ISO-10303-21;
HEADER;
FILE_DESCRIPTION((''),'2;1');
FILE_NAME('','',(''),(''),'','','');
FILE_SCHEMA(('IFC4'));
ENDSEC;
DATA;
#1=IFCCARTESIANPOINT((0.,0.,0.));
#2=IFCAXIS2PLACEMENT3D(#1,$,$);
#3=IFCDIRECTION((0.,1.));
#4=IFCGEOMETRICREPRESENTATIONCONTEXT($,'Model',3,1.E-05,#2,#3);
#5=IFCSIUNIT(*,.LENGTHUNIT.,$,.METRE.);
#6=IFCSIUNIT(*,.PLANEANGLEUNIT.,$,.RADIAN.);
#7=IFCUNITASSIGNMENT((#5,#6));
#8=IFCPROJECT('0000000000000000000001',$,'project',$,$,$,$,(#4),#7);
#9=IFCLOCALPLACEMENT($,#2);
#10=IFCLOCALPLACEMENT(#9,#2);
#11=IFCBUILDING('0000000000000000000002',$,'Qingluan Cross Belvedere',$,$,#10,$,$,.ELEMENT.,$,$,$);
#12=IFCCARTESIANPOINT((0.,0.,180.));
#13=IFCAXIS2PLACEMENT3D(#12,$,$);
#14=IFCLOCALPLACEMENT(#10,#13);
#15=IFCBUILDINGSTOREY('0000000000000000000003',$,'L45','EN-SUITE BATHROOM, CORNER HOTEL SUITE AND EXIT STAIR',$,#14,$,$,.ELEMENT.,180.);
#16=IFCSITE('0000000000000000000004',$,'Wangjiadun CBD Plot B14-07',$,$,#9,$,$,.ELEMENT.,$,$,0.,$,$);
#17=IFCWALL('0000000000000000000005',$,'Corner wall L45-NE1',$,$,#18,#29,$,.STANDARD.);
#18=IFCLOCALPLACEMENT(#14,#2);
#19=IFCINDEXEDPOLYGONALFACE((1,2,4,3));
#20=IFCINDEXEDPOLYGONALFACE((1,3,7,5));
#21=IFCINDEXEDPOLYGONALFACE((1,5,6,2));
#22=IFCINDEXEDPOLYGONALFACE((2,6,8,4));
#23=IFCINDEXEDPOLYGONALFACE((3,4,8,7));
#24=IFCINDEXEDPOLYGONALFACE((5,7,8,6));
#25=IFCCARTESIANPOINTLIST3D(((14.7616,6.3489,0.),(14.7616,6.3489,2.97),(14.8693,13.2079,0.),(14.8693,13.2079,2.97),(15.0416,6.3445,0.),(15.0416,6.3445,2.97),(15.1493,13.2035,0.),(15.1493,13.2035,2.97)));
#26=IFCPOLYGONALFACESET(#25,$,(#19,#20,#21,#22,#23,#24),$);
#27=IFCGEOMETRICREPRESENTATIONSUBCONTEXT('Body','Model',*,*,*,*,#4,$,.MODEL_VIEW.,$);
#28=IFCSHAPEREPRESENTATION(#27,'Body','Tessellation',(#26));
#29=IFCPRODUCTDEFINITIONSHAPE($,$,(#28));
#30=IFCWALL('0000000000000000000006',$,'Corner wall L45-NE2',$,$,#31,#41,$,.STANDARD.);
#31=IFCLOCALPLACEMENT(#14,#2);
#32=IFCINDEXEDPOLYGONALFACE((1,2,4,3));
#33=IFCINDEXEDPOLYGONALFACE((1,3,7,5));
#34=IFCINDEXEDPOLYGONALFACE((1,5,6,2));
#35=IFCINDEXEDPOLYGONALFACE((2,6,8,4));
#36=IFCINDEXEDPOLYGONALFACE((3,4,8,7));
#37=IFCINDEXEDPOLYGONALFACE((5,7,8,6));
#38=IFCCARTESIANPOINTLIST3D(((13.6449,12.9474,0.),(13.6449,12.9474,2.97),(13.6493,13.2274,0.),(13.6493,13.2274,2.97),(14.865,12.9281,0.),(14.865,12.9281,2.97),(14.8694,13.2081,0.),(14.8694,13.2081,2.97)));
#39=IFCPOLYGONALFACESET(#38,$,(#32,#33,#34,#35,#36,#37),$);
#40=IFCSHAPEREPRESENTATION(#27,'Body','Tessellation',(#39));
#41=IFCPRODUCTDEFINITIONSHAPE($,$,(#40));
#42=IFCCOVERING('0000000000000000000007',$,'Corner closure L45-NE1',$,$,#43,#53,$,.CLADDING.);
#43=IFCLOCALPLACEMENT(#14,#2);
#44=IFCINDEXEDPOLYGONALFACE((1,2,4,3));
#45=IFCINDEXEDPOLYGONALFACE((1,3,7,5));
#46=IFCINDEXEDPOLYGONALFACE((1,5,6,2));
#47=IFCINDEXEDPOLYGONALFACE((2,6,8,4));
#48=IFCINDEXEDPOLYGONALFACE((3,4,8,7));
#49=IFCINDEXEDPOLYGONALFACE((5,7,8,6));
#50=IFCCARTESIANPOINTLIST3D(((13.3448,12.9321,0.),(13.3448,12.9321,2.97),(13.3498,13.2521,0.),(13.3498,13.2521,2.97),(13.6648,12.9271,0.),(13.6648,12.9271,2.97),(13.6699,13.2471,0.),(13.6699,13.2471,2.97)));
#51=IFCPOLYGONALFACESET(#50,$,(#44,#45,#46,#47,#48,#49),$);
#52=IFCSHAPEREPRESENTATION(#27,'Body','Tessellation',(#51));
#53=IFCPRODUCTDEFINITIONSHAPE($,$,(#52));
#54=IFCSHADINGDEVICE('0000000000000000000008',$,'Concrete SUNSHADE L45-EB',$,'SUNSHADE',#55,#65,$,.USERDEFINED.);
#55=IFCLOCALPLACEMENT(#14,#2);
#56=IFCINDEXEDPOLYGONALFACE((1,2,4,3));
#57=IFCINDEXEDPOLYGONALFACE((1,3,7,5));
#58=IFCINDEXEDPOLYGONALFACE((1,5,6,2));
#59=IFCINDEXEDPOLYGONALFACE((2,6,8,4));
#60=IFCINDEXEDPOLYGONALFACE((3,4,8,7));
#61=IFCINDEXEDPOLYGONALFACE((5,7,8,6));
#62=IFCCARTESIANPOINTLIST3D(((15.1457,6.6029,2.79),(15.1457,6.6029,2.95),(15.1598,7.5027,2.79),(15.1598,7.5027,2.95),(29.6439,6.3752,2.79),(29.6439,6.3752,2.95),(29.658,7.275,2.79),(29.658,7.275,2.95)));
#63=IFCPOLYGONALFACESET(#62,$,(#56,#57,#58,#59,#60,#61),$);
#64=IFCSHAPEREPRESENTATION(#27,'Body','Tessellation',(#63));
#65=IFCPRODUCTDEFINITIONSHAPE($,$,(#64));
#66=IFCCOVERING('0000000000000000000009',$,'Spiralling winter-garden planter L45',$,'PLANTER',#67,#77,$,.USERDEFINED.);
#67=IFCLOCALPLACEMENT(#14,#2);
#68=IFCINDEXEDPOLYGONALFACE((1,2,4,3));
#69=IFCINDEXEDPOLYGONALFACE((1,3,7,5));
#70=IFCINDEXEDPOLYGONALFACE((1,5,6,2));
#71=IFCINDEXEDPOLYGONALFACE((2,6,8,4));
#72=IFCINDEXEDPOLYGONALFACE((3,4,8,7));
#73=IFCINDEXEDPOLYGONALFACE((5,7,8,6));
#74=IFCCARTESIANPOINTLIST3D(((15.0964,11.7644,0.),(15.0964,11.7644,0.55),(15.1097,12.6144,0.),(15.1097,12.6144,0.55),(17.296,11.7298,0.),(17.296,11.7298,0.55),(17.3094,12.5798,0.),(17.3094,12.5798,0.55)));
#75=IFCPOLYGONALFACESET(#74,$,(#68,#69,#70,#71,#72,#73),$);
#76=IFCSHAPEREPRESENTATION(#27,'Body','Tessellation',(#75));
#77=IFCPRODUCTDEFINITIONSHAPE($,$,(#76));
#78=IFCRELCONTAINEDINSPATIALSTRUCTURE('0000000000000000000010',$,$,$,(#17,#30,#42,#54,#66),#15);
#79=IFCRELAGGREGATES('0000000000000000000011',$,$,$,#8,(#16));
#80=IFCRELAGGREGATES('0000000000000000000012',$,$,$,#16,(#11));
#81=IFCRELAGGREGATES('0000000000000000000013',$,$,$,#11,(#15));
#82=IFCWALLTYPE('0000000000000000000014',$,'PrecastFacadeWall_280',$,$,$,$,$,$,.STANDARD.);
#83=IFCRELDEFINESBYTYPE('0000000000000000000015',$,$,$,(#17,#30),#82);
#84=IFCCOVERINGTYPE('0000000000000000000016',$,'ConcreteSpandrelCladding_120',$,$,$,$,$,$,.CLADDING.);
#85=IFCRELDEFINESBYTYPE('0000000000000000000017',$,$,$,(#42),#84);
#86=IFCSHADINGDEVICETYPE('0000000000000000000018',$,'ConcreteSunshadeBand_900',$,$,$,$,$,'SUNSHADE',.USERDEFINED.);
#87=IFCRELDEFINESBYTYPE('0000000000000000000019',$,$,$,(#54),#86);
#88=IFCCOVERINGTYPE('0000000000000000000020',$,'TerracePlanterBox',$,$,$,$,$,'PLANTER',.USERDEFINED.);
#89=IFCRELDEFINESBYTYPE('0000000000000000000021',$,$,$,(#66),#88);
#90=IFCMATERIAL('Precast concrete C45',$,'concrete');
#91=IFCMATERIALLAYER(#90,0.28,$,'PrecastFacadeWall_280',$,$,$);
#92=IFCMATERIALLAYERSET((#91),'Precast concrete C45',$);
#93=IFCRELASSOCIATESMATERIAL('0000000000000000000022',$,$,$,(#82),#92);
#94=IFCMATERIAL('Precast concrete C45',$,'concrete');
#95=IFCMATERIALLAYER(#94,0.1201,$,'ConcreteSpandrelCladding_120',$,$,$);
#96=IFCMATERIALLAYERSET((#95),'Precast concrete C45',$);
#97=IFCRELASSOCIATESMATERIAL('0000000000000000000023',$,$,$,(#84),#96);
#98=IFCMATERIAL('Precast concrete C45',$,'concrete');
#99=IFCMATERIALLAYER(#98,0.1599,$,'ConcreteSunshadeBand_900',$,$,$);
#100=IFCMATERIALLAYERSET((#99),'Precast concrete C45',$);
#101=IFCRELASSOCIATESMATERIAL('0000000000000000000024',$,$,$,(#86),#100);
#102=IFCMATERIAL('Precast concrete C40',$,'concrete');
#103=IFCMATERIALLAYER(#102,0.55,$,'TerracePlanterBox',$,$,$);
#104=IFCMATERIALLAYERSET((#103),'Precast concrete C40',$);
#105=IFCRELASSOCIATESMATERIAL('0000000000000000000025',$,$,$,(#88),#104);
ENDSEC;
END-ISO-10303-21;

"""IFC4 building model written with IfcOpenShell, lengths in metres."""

from ifc_helpers import new_model, si_unit, direction, frame, frame_2d, origin, origin_2d, place, context, subcontext, project, spatial, rectangle, extrude, material, layer, layer_set, type_object, element, save


model = new_model("IFC4")

# Units and contexts
model_context = context("Model", 3, precision=1e-05, world=origin(), true_north=direction((0.0, 1.0)))
body_context = subcontext(model_context, "Body", "Model", "MODEL_VIEW")
ifc_project = project(units=[si_unit("LENGTHUNIT", "METRE"), si_unit("PLANEANGLEUNIT", "RADIAN")], contexts=[model_context])

# Site, building, storey
site_placement = place(None, origin())
site = spatial("IfcSite", under=ifc_project, at=site_placement, Name="Wangjiadun CBD Plot B14-07", CompositionType="ELEMENT", RefElevation=0.0)
building_placement = place(site_placement, origin())
building = spatial("IfcBuilding", under=site, at=building_placement, Name="Qingluan Cross Belvedere", CompositionType="ELEMENT")
storey_placement = place(building_placement, frame((0.0, 0.0, 180.0)))
storey = spatial("IfcBuildingStorey", under=building, at=storey_placement, Name="L45", Description="EN-SUITE BATHROOM, CORNER HOTEL SUITE AND EXIT STAIR", CompositionType="ELEMENT", Elevation=180.0)

# Shared definitions
ifc_material_1 = material(Name="Precast concrete C45", Category="concrete")
ifc_layer_1 = layer(ifc_material_1, 0.28, Name="PrecastFacadeWall_280")
ifc_layer_set_1 = layer_set([ifc_layer_1], Name="Precast concrete C45")
wall_type_1 = type_object("IfcWallType", Name="PrecastFacadeWall_280", PredefinedType="STANDARD", material=ifc_layer_set_1)

# Walls
wall_1_placement = place(storey_placement, frame((14.9016, 6.3467, 0.0), z_axis=(0.0, 0.0, 1.0), x_axis=(0.015695, 0.999877, 0.0)))
element("IfcWall", 1, at=wall_1_placement, inside=storey, type_object=wall_type_1, Name="Corner wall L45-NE1", PredefinedType="STANDARD", context=body_context, shape_type="SweptSolid", body=[
    extrude(rectangle(XDim=6.8599, YDim=0.28, at=frame_2d((3.4299, 0.0))), origin(), (0.0, 0.0, 1.0), 2.97),
])
wall_2_placement = place(storey_placement, frame((14.8672, 13.0681, 0.0), z_axis=(0.0, 0.0, 1.0), x_axis=(-0.999875, 0.015808, 0.0)))
element("IfcWall", 2, at=wall_2_placement, inside=storey, type_object=wall_type_1, Name="Corner wall L45-NE2", PredefinedType="STANDARD", context=body_context, shape_type="SweptSolid", body=[
    extrude(rectangle(XDim=1.2202, YDim=0.28, at=frame_2d((0.6101, 0.0))), origin(), (0.0, 0.0, 1.0), 2.97),
])

# Covering
ifc_material_2 = material(Name="Precast concrete C45", Category="concrete")
ifc_layer_2 = layer(ifc_material_2, 0.1201, Name="ConcreteSpandrelCladding_120")
ifc_layer_set_2 = layer_set([ifc_layer_2], Name="Precast concrete C45")
covering_type_1 = type_object("IfcCoveringType", Name="ConcreteSpandrelCladding_120", PredefinedType="CLADDING", material=ifc_layer_set_2)
covering_1_placement = place(storey_placement, frame((13.5073, 13.0896, 0.0), z_axis=(0.0, 0.0, 1.0), x_axis=(0.999877, -0.015707, 0.0)))
element("IfcCovering", 3, at=covering_1_placement, inside=storey, type_object=covering_type_1, Name="Corner closure L45-NE1", PredefinedType="CLADDING", context=body_context, shape_type="SweptSolid", body=[
    extrude(rectangle(XDim=0.3201, YDim=0.3201, at=origin_2d()), origin(), (0.0, 0.0, 1.0), 2.97),
])

# Shading device
ifc_material_3 = material(Name="Precast concrete C45", Category="concrete")
ifc_layer_3 = layer(ifc_material_3, 0.1599, Name="ConcreteSunshadeBand_900")
ifc_layer_set_3 = layer_set([ifc_layer_3], Name="Precast concrete C45")
shading_device_type = type_object("IfcShadingDeviceType", Name="ConcreteSunshadeBand_900", ElementType="SUNSHADE", PredefinedType="USERDEFINED", material=ifc_layer_set_3)
shading_device_placement = place(storey_placement, frame((22.4019, 6.939, 2.79), z_axis=(0.0, 0.0, 1.0), x_axis=(-0.999877, 0.015707, 0.0)))
element("IfcShadingDevice", 4, at=shading_device_placement, inside=storey, type_object=shading_device_type, Name="Concrete SUNSHADE L45-EB", ObjectType="SUNSHADE", PredefinedType="USERDEFINED", context=body_context, shape_type="SweptSolid", body=[
    extrude(rectangle(XDim=14.5, YDim=0.8999, at=origin_2d()), origin(), (0.0, 0.0, 1.0), 0.1599),
])

# Covering
ifc_material_4 = material(Name="Precast concrete C40", Category="concrete")
ifc_layer_4 = layer(ifc_material_4, 0.55, Name="TerracePlanterBox")
ifc_layer_set_4 = layer_set([ifc_layer_4], Name="Precast concrete C40")
covering_type_2 = type_object("IfcCoveringType", Name="TerracePlanterBox", ElementType="PLANTER", PredefinedType="USERDEFINED", material=ifc_layer_set_4)
covering_2_placement = place(storey_placement, frame((16.2029, 12.1721, 0.0), z_axis=(0.0, 0.0, 1.0), x_axis=(0.999877, -0.015707, 0.0)))
element("IfcCovering", 5, at=covering_2_placement, inside=storey, type_object=covering_type_2, Name="Spiralling winter-garden planter L45", ObjectType="PLANTER", PredefinedType="USERDEFINED", context=body_context, shape_type="SweptSolid", body=[
    extrude(rectangle(XDim=2.2, YDim=0.8501, at=origin_2d()), origin(), (0.0, 0.0, 1.0), 0.55),
])

save(model, "model.ifc")
